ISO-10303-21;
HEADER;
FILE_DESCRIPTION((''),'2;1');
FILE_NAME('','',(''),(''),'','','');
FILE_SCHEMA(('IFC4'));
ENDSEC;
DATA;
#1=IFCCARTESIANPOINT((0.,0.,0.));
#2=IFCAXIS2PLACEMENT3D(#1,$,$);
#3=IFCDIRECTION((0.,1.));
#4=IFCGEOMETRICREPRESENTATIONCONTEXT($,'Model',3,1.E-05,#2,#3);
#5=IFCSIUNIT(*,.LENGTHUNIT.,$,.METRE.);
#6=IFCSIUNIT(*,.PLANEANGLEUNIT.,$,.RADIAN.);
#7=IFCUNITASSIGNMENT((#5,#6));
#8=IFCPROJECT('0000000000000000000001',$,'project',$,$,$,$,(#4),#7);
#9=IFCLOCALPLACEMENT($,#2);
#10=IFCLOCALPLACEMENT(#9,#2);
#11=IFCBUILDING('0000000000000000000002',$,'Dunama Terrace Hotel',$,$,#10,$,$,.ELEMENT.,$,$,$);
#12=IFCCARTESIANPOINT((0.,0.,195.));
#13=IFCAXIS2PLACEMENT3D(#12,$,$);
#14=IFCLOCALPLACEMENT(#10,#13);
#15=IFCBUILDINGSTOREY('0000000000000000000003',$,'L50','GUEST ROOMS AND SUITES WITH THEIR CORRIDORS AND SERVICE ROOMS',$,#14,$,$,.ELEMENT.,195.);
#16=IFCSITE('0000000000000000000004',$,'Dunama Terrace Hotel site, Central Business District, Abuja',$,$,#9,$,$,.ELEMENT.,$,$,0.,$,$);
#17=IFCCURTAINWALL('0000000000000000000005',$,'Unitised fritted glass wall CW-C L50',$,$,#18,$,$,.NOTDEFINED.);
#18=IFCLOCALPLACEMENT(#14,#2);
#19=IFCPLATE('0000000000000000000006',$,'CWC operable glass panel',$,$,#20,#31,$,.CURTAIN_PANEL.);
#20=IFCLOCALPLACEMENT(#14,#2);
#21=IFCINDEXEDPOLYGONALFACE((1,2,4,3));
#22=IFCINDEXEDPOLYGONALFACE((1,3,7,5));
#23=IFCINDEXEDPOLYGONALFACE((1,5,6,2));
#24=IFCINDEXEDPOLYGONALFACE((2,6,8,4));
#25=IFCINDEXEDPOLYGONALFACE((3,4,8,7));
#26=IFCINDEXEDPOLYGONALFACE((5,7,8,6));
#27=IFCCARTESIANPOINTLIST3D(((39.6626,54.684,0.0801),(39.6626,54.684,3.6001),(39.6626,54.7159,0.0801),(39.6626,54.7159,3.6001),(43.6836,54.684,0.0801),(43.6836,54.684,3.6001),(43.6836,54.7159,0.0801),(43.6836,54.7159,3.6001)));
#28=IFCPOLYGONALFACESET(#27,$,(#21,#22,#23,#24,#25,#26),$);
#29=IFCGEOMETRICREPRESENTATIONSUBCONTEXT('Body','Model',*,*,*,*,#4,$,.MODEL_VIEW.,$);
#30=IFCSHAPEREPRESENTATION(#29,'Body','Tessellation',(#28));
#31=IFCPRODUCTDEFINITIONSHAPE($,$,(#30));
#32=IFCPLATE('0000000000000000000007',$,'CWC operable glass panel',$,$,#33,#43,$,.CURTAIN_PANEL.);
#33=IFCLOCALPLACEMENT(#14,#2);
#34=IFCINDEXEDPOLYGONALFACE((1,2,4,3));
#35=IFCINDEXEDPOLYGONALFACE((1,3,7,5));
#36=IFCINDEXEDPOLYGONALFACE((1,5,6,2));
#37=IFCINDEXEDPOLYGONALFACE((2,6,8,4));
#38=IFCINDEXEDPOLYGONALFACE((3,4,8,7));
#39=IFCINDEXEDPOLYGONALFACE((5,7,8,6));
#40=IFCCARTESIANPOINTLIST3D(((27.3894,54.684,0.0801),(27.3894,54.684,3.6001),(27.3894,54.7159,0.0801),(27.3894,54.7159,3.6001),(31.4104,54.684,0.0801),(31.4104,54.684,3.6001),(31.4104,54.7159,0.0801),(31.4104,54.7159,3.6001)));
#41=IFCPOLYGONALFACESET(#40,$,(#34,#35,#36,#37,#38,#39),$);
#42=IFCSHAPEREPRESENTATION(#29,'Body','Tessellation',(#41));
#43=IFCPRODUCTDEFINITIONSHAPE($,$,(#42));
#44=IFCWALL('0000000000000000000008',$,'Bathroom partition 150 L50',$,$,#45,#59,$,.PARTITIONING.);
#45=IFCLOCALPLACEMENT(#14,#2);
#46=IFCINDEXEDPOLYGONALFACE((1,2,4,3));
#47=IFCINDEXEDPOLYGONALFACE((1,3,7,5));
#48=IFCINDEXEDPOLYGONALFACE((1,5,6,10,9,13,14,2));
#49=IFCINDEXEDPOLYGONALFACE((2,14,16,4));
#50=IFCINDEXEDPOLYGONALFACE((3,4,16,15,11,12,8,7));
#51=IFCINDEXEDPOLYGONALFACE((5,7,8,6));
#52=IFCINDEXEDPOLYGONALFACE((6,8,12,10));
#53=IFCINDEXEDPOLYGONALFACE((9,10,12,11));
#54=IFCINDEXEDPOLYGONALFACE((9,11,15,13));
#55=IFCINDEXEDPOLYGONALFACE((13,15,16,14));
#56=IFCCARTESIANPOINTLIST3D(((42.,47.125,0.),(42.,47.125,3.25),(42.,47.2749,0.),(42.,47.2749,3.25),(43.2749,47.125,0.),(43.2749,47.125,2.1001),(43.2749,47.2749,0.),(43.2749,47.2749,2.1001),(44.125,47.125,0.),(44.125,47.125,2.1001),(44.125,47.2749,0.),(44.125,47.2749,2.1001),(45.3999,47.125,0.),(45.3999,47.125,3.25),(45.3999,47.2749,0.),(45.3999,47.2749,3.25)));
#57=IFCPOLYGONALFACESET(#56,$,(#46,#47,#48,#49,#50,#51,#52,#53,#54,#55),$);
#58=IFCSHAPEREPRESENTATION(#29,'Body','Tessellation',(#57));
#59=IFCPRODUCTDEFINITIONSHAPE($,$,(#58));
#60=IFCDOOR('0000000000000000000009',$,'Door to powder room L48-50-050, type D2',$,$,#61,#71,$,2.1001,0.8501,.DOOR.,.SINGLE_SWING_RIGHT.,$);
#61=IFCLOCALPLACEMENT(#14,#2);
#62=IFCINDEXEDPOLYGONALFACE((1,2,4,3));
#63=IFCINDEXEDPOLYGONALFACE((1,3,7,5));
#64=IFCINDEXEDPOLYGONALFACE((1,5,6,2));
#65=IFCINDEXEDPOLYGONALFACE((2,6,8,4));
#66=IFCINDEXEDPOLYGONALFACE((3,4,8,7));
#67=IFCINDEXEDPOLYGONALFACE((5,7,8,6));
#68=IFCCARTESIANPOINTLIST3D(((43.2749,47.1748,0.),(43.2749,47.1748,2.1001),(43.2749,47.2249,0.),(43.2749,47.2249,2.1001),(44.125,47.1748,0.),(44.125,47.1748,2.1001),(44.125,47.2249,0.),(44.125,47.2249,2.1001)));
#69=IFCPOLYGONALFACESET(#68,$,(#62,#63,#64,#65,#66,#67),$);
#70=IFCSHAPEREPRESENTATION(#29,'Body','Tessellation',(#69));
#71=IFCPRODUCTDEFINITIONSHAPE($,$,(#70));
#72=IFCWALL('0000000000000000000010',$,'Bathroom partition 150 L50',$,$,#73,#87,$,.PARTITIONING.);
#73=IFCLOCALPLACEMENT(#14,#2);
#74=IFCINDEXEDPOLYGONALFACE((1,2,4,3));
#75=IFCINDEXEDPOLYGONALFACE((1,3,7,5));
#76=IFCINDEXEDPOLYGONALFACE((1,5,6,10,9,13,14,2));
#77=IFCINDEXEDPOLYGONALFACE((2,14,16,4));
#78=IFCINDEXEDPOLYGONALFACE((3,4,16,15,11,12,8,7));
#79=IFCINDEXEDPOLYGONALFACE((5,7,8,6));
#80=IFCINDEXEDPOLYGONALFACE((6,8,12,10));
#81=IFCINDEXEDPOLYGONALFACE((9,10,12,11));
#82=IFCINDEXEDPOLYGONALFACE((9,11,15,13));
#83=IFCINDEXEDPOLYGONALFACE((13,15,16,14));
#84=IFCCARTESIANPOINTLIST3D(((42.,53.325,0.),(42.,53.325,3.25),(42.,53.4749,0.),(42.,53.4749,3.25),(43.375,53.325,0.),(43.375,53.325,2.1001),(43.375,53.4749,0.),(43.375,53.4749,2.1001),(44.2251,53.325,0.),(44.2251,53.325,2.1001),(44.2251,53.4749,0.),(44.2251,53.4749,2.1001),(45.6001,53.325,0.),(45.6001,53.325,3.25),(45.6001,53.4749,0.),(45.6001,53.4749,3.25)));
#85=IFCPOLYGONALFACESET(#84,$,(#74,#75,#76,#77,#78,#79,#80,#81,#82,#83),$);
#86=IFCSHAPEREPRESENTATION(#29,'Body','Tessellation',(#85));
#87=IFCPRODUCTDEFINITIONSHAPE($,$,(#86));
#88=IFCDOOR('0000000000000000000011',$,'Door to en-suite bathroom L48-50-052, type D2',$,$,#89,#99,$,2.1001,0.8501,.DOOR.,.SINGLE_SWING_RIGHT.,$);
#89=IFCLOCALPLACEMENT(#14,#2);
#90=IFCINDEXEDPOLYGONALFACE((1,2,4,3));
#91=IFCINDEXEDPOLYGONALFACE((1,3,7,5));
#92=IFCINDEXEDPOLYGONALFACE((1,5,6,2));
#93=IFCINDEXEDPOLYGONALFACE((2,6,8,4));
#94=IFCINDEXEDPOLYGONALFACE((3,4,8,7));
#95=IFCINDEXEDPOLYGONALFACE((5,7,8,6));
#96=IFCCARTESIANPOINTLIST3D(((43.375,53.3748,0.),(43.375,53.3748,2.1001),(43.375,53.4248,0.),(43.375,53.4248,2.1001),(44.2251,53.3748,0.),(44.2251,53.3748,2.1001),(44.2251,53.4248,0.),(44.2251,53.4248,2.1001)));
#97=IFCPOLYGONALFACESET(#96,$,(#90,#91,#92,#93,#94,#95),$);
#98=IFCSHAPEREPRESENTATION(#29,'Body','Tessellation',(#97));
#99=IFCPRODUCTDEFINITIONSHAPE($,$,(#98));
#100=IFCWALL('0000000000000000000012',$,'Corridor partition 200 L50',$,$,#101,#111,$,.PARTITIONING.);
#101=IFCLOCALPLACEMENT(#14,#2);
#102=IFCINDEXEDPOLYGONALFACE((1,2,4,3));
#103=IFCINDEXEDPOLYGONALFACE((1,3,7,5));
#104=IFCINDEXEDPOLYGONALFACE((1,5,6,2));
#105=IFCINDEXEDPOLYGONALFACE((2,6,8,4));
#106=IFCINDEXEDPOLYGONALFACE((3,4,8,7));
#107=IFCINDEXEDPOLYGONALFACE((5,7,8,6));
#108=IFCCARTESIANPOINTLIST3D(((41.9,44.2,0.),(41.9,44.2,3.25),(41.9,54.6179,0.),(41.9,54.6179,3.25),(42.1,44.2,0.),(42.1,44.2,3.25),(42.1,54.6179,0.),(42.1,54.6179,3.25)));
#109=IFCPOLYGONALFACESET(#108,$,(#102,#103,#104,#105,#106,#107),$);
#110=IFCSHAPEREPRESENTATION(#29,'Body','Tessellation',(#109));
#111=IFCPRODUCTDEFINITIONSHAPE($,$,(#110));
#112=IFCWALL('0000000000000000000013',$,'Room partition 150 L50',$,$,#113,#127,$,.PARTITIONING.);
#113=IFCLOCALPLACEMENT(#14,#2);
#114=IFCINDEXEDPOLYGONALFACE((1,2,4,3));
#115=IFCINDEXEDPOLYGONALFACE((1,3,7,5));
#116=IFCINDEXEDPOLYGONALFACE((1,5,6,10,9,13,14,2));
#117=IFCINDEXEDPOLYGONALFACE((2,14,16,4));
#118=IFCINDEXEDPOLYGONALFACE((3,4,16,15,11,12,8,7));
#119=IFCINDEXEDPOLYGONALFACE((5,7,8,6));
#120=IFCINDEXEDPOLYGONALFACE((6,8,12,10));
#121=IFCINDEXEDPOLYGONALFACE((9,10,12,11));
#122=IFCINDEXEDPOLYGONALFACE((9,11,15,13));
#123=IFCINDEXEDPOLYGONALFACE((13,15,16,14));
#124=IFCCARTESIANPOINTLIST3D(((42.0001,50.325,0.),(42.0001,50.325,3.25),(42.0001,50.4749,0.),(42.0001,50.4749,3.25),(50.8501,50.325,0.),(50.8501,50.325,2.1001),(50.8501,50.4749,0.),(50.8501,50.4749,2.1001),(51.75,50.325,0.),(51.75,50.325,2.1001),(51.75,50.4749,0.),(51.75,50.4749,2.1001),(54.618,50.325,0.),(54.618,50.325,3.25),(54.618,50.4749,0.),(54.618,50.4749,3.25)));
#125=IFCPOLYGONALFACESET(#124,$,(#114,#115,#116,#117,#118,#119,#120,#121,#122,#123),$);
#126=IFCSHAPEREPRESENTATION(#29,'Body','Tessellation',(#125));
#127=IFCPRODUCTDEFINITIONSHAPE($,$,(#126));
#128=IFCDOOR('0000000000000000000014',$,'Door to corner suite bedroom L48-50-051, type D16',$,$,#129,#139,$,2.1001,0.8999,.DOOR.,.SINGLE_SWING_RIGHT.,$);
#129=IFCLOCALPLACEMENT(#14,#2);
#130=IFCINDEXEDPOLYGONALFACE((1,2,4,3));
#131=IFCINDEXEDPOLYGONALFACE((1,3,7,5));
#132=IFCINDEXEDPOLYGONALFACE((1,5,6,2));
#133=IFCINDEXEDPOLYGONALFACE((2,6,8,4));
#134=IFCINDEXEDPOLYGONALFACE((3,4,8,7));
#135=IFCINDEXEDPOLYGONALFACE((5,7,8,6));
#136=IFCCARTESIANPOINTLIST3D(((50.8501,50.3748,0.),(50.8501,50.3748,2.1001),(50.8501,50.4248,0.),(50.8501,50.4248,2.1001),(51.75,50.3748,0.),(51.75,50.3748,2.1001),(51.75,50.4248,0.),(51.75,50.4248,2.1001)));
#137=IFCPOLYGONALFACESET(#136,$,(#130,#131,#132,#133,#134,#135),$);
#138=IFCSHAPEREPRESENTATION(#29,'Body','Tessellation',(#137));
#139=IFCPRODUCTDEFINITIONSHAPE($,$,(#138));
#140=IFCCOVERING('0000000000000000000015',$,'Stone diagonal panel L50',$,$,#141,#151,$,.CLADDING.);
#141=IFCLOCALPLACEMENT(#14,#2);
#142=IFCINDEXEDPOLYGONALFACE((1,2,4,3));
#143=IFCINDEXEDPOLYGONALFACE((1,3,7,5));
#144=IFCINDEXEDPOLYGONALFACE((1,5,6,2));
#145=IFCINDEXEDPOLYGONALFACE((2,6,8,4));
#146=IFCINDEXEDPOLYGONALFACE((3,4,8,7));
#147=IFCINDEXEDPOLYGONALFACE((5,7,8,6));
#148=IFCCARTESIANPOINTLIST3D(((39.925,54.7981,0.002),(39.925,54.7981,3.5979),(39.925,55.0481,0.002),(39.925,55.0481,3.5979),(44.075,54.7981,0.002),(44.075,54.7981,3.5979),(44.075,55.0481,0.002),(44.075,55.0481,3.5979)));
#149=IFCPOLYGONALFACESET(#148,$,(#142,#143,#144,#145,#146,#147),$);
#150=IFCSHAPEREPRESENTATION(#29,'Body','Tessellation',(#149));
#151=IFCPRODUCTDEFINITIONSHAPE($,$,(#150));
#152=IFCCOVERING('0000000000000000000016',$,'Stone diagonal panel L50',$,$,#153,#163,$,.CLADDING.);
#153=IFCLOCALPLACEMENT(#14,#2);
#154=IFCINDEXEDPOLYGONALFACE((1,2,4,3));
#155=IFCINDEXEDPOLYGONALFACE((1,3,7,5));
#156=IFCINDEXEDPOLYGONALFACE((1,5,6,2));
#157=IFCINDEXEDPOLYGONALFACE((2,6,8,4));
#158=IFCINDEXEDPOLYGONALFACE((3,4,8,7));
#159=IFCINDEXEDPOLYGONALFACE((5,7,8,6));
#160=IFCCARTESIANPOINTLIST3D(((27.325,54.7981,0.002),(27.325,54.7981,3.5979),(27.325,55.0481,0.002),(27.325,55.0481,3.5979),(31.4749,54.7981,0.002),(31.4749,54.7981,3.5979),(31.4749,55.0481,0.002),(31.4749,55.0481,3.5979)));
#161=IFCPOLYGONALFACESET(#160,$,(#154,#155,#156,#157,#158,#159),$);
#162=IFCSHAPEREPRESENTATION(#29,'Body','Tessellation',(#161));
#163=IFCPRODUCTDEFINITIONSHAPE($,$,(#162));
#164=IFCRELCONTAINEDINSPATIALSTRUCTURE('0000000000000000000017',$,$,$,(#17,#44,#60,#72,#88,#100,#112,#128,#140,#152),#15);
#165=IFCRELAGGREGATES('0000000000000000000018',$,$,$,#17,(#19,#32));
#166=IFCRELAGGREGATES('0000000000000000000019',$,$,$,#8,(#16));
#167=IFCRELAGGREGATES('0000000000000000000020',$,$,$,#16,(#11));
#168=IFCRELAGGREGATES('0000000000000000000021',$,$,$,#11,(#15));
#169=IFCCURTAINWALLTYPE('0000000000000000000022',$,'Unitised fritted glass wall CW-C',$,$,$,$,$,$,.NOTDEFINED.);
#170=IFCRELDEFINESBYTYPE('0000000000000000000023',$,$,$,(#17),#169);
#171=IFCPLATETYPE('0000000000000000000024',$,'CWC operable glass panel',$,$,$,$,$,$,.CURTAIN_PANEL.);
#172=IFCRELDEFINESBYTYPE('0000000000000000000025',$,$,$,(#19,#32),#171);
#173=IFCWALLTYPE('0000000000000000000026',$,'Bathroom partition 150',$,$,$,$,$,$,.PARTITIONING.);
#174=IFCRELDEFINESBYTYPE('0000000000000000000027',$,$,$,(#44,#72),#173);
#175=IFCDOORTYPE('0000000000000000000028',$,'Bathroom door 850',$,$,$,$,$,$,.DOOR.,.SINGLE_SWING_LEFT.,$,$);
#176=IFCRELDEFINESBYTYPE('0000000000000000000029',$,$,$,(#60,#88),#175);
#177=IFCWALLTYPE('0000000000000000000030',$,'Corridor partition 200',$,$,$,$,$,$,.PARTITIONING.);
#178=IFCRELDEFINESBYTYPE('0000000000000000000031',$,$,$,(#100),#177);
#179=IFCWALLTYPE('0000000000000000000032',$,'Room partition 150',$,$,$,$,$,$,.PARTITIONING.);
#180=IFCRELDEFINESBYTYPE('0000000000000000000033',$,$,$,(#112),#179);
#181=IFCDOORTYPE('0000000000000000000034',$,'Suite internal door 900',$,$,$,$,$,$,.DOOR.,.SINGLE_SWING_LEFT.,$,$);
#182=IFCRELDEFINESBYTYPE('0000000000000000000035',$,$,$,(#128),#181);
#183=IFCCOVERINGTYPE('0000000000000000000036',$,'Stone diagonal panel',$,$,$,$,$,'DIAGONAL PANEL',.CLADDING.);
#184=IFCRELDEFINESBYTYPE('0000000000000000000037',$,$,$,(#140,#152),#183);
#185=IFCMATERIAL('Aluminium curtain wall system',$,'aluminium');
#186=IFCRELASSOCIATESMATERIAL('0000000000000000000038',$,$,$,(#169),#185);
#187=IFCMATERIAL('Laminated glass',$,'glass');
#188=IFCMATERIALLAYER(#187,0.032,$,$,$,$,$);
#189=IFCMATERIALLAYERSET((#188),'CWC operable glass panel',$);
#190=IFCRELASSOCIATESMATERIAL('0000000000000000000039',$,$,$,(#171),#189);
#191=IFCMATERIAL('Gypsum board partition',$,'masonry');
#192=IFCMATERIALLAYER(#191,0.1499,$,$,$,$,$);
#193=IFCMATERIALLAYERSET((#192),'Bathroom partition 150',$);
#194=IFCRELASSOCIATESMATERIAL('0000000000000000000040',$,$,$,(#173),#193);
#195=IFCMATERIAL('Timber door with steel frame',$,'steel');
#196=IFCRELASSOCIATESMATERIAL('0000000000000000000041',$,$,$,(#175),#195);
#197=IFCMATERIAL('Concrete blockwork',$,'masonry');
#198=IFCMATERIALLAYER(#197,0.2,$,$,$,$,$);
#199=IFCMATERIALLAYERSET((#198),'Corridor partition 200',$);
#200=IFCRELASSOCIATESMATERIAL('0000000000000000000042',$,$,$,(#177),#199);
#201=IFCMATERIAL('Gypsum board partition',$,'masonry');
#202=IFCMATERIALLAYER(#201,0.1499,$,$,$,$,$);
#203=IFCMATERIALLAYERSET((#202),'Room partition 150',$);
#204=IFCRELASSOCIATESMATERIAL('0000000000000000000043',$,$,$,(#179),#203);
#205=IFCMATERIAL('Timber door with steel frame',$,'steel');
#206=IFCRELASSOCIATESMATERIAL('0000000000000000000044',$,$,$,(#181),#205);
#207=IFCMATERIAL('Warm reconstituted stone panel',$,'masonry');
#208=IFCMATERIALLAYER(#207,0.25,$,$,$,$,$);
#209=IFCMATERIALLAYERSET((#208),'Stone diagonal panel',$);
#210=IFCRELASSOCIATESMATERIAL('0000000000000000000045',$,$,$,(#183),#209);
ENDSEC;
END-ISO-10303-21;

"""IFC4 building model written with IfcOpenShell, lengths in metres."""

from ifc_helpers import new_model, si_unit, direction, frame, frame_2d, origin, origin_2d, place, context, subcontext, project, spatial, rectangle, extrude, material, layer, layer_set, type_object, element, fill, aggregate, save


model = new_model("IFC4")

# Units and contexts
model_context = context("Model", 3, precision=1e-05, world=origin(), true_north=direction((0.0, 1.0)))
body_context = subcontext(model_context, "Body", "Model", "MODEL_VIEW")
ifc_project = project(units=[si_unit("LENGTHUNIT", "METRE"), si_unit("PLANEANGLEUNIT", "RADIAN")], contexts=[model_context])

# Site, building, storey
site_placement = place(None, origin())
site = spatial("IfcSite", under=ifc_project, at=site_placement, Name="Dunama Terrace Hotel site, Central Business District, Abuja", CompositionType="ELEMENT", RefElevation=0.0)
building_placement = place(site_placement, origin())
building = spatial("IfcBuilding", under=site, at=building_placement, Name="Dunama Terrace Hotel", CompositionType="ELEMENT")
storey_placement = place(building_placement, frame((0.0, 0.0, 195.0)))
storey = spatial("IfcBuildingStorey", under=building, at=storey_placement, Name="L50", Description="GUEST ROOMS AND SUITES WITH THEIR CORRIDORS AND SERVICE ROOMS", CompositionType="ELEMENT", Elevation=195.0)

# Curtain wall
ifc_material_1 = material(Name="Aluminium curtain wall system", Category="aluminium")
curtain_wall_type = type_object("IfcCurtainWallType", Name="Unitised fritted glass wall CW-C", PredefinedType="NOTDEFINED", material=ifc_material_1)
curtain_wall_placement = place(storey_placement, origin())
curtain_wall = element("IfcCurtainWall", 1, at=curtain_wall_placement, inside=storey, type_object=curtain_wall_type, Name="Unitised fritted glass wall CW-C L50", PredefinedType="NOTDEFINED")

# Plates
ifc_material_2 = material(Name="Laminated glass", Category="glass")
ifc_layer_1 = layer(ifc_material_2, 0.032)
ifc_layer_set_1 = layer_set([ifc_layer_1], Name="CWC operable glass panel")
plate_type_1 = type_object("IfcPlateType", Name="CWC operable glass panel", PredefinedType="CURTAIN_PANEL", material=ifc_layer_set_1)
plate_1_placement = place(storey_placement, frame((41.6731, 54.7, 0.0801), z_axis=(0.0, 0.0, 1.0), x_axis=(-1.0, 0.0, 0.0)))
plate_1 = element("IfcPlate", 2, at=plate_1_placement, type_object=plate_type_1, Name="CWC operable glass panel", PredefinedType="CURTAIN_PANEL", context=body_context, shape_type="SweptSolid", body=[
    extrude(rectangle(XDim=4.021, YDim=0.032, at=origin_2d()), origin(), (0.0, 0.0, 1.0), 3.52),
])
plate_2_placement = place(storey_placement, frame((29.3999, 54.7, 0.0801), z_axis=(0.0, 0.0, 1.0), x_axis=(-1.0, 0.0, 0.0)))
plate_2 = element("IfcPlate", 3, at=plate_2_placement, type_object=plate_type_1, Name="CWC operable glass panel", PredefinedType="CURTAIN_PANEL", context=body_context, shape_type="SweptSolid", body=[
    extrude(rectangle(XDim=4.021, YDim=0.032, at=origin_2d()), origin(), (0.0, 0.0, 1.0), 3.52),
])
aggregate(curtain_wall, [plate_1, plate_2])

# Walls, openings, doors
ifc_material_3 = material(Name="Gypsum board partition", Category="masonry")
ifc_layer_2 = layer(ifc_material_3, 0.1499)
ifc_layer_set_2 = layer_set([ifc_layer_2], Name="Bathroom partition 150")
wall_type_1 = type_object("IfcWallType", Name="Bathroom partition 150", PredefinedType="PARTITIONING", material=ifc_layer_set_2)
wall_1_placement = place(storey_placement, frame((42.0, 47.2, 0.0), z_axis=(0.0, 0.0, 1.0), x_axis=(1.0, 0.0, 0.0)))
wall_1 = element("IfcWall", 4, at=wall_1_placement, inside=storey, type_object=wall_type_1, Name="Bathroom partition 150 L50", PredefinedType="PARTITIONING", context=body_context, shape_type="SweptSolid", body=[
    extrude(rectangle(XDim=3.3999, YDim=0.1499, at=frame_2d((1.7, 0.0))), origin(), (0.0, 0.0, 1.0), 3.25),
])
opening_1_placement = place(wall_1_placement, frame((1.2749, 0.0, 0.0)))
opening_1 = element("IfcOpeningElement", 5, at=opening_1_placement, cuts=wall_1, PredefinedType="OPENING", context=body_context, shape_type="SweptSolid", body=[
    extrude(rectangle(XDim=0.8501, YDim=2.1001, at=frame_2d((0.425, 1.05))), frame((0.0, 0.085, 0.0), z_axis=(0.0, -1.0, 0.0), x_axis=(1.0, 0.0, 0.0)), (0.0, 0.0, 1.0), 0.1699),
])
ifc_material_4 = material(Name="Timber door with steel frame", Category="steel")
door_type_1 = type_object("IfcDoorType", Name="Bathroom door 850", OperationType="SINGLE_SWING_LEFT", PredefinedType="DOOR", material=ifc_material_4)
door_1_placement = place(opening_1_placement, frame((0.8501, 0.0, 0.0), z_axis=(0.0, 0.0, 1.0), x_axis=(-1.0, 0.0, 0.0)))
door_1 = element("IfcDoor", 6, at=door_1_placement, inside=storey, type_object=door_type_1, Name="Door to powder room L48-50-050, type D2", OperationType="SINGLE_SWING_RIGHT", OverallHeight=2.1001, OverallWidth=0.8501, PredefinedType="DOOR", context=body_context, shape_type="SweptSolid", body=[
    extrude(rectangle(XDim=0.8501, YDim=2.1001, at=frame_2d((0.425, 1.05))), frame((0.0, 0.0251, 0.0), z_axis=(0.0, -1.0, 0.0), x_axis=(1.0, 0.0, 0.0)), (0.0, 0.0, 1.0), 0.05),
])
fill(opening_1, door_1)
wall_2_placement = place(storey_placement, frame((42.0, 53.3999, 0.0), z_axis=(0.0, 0.0, 1.0), x_axis=(1.0, 0.0, 0.0)))
wall_2 = element("IfcWall", 7, at=wall_2_placement, inside=storey, type_object=wall_type_1, Name="Bathroom partition 150 L50", PredefinedType="PARTITIONING", context=body_context, shape_type="SweptSolid", body=[
    extrude(rectangle(XDim=3.6001, YDim=0.1499, at=frame_2d((1.8, 0.0))), origin(), (0.0, 0.0, 1.0), 3.25),
])
opening_2_placement = place(wall_2_placement, frame((1.375, 0.0, 0.0)))
opening_2 = element("IfcOpeningElement", 8, at=opening_2_placement, cuts=wall_2, PredefinedType="OPENING", context=body_context, shape_type="SweptSolid", body=[
    extrude(rectangle(XDim=0.8501, YDim=2.1001, at=frame_2d((0.425, 1.05))), frame((0.0, 0.085, 0.0), z_axis=(0.0, -1.0, 0.0), x_axis=(1.0, 0.0, 0.0)), (0.0, 0.0, 1.0), 0.1699),
])
door_2_placement = place(opening_2_placement, frame((0.8501, 0.0, 0.0), z_axis=(0.0, 0.0, 1.0), x_axis=(-1.0, 0.0, 0.0)))
door_2 = element("IfcDoor", 9, at=door_2_placement, inside=storey, type_object=door_type_1, Name="Door to en-suite bathroom L48-50-052, type D2", OperationType="SINGLE_SWING_RIGHT", OverallHeight=2.1001, OverallWidth=0.8501, PredefinedType="DOOR", context=body_context, shape_type="SweptSolid", body=[
    extrude(rectangle(XDim=0.8501, YDim=2.1001, at=frame_2d((0.425, 1.05))), frame((0.0, 0.0251, 0.0), z_axis=(0.0, -1.0, 0.0), x_axis=(1.0, 0.0, 0.0)), (0.0, 0.0, 1.0), 0.05),
])
fill(opening_2, door_2)

# Wall
ifc_material_5 = material(Name="Concrete blockwork", Category="masonry")
ifc_layer_3 = layer(ifc_material_5, 0.2)
ifc_layer_set_3 = layer_set([ifc_layer_3], Name="Corridor partition 200")
wall_type_2 = type_object("IfcWallType", Name="Corridor partition 200", PredefinedType="PARTITIONING", material=ifc_layer_set_3)
wall_3_placement = place(storey_placement, frame((42.0, 54.6179, 0.0), z_axis=(0.0, 0.0, 1.0), x_axis=(0.0, -1.0, 0.0)))
element("IfcWall", 10, at=wall_3_placement, inside=storey, type_object=wall_type_2, Name="Corridor partition 200 L50", PredefinedType="PARTITIONING", context=body_context, shape_type="SweptSolid", body=[
    extrude(rectangle(XDim=10.418, YDim=0.2, at=frame_2d((5.209, 0.0))), origin(), (0.0, 0.0, 1.0), 3.25),
])

# Wall, opening, door
ifc_material_6 = material(Name="Gypsum board partition", Category="masonry")
ifc_layer_4 = layer(ifc_material_6, 0.1499)
ifc_layer_set_4 = layer_set([ifc_layer_4], Name="Room partition 150")
wall_type_3 = type_object("IfcWallType", Name="Room partition 150", PredefinedType="PARTITIONING", material=ifc_layer_set_4)
wall_4_placement = place(storey_placement, frame((42.0, 50.3999, 0.0), z_axis=(0.0, 0.0, 1.0), x_axis=(1.0, 0.0, 0.0)))
wall_4 = element("IfcWall", 11, at=wall_4_placement, inside=storey, type_object=wall_type_3, Name="Room partition 150 L50", PredefinedType="PARTITIONING", context=body_context, shape_type="SweptSolid", body=[
    extrude(rectangle(XDim=12.6179, YDim=0.1499, at=frame_2d((6.3091, 0.0))), origin(), (0.0, 0.0, 1.0), 3.25),
])
opening_3_placement = place(wall_4_placement, frame((8.8501, 0.0, 0.0)))
opening_3 = element("IfcOpeningElement", 12, at=opening_3_placement, cuts=wall_4, PredefinedType="OPENING", context=body_context, shape_type="SweptSolid", body=[
    extrude(rectangle(XDim=0.8999, YDim=2.1001, at=frame_2d((0.45, 1.05))), frame((0.0, 0.085, 0.0), z_axis=(0.0, -1.0, 0.0), x_axis=(1.0, 0.0, 0.0)), (0.0, 0.0, 1.0), 0.1699),
])
ifc_material_7 = material(Name="Timber door with steel frame", Category="steel")
door_type_2 = type_object("IfcDoorType", Name="Suite internal door 900", OperationType="SINGLE_SWING_LEFT", PredefinedType="DOOR", material=ifc_material_7)
door_3_placement = place(opening_3_placement, origin())
door_3 = element("IfcDoor", 13, at=door_3_placement, inside=storey, type_object=door_type_2, Name="Door to corner suite bedroom L48-50-051, type D16", OperationType="SINGLE_SWING_RIGHT", OverallHeight=2.1001, OverallWidth=0.8999, PredefinedType="DOOR", context=body_context, shape_type="SweptSolid", body=[
    extrude(rectangle(XDim=0.8999, YDim=2.1001, at=frame_2d((0.45, 1.05))), frame((0.0, 0.0249, 0.0), z_axis=(0.0, -1.0, 0.0), x_axis=(1.0, 0.0, 0.0)), (0.0, 0.0, 1.0), 0.05),
])
fill(opening_3, door_3)

# Coverings
ifc_material_8 = material(Name="Warm reconstituted stone panel", Category="masonry")
ifc_layer_5 = layer(ifc_material_8, 0.25)
ifc_layer_set_5 = layer_set([ifc_layer_5], Name="Stone diagonal panel")
covering_type = type_object("IfcCoveringType", Name="Stone diagonal panel", ElementType="DIAGONAL PANEL", PredefinedType="CLADDING", material=ifc_layer_set_5)
for number, where, z_axis, x_axis, name in (
    (14, (42.0, 54.9231, 0.002), (0.0, 0.0, 1.0), (-1.0, 0.0, 0.0), "Stone diagonal panel L50"),
    (15, (29.3999, 54.9231, 0.002), (0.0, 0.0, 1.0), (-1.0, 0.0, 0.0), "Stone diagonal panel L50"),
):
    element("IfcCovering", number, at=place(storey_placement, frame(where, z_axis=z_axis, x_axis=x_axis)), inside=storey, type_object=covering_type, Name=name, PredefinedType="CLADDING", context=body_context, shape_type="SweptSolid", body=[
        extrude(rectangle(XDim=4.1499, YDim=0.25, at=origin_2d()), origin(), (0.0, 0.0, 1.0), 3.5959),
    ])

save(model, "model.ifc")
